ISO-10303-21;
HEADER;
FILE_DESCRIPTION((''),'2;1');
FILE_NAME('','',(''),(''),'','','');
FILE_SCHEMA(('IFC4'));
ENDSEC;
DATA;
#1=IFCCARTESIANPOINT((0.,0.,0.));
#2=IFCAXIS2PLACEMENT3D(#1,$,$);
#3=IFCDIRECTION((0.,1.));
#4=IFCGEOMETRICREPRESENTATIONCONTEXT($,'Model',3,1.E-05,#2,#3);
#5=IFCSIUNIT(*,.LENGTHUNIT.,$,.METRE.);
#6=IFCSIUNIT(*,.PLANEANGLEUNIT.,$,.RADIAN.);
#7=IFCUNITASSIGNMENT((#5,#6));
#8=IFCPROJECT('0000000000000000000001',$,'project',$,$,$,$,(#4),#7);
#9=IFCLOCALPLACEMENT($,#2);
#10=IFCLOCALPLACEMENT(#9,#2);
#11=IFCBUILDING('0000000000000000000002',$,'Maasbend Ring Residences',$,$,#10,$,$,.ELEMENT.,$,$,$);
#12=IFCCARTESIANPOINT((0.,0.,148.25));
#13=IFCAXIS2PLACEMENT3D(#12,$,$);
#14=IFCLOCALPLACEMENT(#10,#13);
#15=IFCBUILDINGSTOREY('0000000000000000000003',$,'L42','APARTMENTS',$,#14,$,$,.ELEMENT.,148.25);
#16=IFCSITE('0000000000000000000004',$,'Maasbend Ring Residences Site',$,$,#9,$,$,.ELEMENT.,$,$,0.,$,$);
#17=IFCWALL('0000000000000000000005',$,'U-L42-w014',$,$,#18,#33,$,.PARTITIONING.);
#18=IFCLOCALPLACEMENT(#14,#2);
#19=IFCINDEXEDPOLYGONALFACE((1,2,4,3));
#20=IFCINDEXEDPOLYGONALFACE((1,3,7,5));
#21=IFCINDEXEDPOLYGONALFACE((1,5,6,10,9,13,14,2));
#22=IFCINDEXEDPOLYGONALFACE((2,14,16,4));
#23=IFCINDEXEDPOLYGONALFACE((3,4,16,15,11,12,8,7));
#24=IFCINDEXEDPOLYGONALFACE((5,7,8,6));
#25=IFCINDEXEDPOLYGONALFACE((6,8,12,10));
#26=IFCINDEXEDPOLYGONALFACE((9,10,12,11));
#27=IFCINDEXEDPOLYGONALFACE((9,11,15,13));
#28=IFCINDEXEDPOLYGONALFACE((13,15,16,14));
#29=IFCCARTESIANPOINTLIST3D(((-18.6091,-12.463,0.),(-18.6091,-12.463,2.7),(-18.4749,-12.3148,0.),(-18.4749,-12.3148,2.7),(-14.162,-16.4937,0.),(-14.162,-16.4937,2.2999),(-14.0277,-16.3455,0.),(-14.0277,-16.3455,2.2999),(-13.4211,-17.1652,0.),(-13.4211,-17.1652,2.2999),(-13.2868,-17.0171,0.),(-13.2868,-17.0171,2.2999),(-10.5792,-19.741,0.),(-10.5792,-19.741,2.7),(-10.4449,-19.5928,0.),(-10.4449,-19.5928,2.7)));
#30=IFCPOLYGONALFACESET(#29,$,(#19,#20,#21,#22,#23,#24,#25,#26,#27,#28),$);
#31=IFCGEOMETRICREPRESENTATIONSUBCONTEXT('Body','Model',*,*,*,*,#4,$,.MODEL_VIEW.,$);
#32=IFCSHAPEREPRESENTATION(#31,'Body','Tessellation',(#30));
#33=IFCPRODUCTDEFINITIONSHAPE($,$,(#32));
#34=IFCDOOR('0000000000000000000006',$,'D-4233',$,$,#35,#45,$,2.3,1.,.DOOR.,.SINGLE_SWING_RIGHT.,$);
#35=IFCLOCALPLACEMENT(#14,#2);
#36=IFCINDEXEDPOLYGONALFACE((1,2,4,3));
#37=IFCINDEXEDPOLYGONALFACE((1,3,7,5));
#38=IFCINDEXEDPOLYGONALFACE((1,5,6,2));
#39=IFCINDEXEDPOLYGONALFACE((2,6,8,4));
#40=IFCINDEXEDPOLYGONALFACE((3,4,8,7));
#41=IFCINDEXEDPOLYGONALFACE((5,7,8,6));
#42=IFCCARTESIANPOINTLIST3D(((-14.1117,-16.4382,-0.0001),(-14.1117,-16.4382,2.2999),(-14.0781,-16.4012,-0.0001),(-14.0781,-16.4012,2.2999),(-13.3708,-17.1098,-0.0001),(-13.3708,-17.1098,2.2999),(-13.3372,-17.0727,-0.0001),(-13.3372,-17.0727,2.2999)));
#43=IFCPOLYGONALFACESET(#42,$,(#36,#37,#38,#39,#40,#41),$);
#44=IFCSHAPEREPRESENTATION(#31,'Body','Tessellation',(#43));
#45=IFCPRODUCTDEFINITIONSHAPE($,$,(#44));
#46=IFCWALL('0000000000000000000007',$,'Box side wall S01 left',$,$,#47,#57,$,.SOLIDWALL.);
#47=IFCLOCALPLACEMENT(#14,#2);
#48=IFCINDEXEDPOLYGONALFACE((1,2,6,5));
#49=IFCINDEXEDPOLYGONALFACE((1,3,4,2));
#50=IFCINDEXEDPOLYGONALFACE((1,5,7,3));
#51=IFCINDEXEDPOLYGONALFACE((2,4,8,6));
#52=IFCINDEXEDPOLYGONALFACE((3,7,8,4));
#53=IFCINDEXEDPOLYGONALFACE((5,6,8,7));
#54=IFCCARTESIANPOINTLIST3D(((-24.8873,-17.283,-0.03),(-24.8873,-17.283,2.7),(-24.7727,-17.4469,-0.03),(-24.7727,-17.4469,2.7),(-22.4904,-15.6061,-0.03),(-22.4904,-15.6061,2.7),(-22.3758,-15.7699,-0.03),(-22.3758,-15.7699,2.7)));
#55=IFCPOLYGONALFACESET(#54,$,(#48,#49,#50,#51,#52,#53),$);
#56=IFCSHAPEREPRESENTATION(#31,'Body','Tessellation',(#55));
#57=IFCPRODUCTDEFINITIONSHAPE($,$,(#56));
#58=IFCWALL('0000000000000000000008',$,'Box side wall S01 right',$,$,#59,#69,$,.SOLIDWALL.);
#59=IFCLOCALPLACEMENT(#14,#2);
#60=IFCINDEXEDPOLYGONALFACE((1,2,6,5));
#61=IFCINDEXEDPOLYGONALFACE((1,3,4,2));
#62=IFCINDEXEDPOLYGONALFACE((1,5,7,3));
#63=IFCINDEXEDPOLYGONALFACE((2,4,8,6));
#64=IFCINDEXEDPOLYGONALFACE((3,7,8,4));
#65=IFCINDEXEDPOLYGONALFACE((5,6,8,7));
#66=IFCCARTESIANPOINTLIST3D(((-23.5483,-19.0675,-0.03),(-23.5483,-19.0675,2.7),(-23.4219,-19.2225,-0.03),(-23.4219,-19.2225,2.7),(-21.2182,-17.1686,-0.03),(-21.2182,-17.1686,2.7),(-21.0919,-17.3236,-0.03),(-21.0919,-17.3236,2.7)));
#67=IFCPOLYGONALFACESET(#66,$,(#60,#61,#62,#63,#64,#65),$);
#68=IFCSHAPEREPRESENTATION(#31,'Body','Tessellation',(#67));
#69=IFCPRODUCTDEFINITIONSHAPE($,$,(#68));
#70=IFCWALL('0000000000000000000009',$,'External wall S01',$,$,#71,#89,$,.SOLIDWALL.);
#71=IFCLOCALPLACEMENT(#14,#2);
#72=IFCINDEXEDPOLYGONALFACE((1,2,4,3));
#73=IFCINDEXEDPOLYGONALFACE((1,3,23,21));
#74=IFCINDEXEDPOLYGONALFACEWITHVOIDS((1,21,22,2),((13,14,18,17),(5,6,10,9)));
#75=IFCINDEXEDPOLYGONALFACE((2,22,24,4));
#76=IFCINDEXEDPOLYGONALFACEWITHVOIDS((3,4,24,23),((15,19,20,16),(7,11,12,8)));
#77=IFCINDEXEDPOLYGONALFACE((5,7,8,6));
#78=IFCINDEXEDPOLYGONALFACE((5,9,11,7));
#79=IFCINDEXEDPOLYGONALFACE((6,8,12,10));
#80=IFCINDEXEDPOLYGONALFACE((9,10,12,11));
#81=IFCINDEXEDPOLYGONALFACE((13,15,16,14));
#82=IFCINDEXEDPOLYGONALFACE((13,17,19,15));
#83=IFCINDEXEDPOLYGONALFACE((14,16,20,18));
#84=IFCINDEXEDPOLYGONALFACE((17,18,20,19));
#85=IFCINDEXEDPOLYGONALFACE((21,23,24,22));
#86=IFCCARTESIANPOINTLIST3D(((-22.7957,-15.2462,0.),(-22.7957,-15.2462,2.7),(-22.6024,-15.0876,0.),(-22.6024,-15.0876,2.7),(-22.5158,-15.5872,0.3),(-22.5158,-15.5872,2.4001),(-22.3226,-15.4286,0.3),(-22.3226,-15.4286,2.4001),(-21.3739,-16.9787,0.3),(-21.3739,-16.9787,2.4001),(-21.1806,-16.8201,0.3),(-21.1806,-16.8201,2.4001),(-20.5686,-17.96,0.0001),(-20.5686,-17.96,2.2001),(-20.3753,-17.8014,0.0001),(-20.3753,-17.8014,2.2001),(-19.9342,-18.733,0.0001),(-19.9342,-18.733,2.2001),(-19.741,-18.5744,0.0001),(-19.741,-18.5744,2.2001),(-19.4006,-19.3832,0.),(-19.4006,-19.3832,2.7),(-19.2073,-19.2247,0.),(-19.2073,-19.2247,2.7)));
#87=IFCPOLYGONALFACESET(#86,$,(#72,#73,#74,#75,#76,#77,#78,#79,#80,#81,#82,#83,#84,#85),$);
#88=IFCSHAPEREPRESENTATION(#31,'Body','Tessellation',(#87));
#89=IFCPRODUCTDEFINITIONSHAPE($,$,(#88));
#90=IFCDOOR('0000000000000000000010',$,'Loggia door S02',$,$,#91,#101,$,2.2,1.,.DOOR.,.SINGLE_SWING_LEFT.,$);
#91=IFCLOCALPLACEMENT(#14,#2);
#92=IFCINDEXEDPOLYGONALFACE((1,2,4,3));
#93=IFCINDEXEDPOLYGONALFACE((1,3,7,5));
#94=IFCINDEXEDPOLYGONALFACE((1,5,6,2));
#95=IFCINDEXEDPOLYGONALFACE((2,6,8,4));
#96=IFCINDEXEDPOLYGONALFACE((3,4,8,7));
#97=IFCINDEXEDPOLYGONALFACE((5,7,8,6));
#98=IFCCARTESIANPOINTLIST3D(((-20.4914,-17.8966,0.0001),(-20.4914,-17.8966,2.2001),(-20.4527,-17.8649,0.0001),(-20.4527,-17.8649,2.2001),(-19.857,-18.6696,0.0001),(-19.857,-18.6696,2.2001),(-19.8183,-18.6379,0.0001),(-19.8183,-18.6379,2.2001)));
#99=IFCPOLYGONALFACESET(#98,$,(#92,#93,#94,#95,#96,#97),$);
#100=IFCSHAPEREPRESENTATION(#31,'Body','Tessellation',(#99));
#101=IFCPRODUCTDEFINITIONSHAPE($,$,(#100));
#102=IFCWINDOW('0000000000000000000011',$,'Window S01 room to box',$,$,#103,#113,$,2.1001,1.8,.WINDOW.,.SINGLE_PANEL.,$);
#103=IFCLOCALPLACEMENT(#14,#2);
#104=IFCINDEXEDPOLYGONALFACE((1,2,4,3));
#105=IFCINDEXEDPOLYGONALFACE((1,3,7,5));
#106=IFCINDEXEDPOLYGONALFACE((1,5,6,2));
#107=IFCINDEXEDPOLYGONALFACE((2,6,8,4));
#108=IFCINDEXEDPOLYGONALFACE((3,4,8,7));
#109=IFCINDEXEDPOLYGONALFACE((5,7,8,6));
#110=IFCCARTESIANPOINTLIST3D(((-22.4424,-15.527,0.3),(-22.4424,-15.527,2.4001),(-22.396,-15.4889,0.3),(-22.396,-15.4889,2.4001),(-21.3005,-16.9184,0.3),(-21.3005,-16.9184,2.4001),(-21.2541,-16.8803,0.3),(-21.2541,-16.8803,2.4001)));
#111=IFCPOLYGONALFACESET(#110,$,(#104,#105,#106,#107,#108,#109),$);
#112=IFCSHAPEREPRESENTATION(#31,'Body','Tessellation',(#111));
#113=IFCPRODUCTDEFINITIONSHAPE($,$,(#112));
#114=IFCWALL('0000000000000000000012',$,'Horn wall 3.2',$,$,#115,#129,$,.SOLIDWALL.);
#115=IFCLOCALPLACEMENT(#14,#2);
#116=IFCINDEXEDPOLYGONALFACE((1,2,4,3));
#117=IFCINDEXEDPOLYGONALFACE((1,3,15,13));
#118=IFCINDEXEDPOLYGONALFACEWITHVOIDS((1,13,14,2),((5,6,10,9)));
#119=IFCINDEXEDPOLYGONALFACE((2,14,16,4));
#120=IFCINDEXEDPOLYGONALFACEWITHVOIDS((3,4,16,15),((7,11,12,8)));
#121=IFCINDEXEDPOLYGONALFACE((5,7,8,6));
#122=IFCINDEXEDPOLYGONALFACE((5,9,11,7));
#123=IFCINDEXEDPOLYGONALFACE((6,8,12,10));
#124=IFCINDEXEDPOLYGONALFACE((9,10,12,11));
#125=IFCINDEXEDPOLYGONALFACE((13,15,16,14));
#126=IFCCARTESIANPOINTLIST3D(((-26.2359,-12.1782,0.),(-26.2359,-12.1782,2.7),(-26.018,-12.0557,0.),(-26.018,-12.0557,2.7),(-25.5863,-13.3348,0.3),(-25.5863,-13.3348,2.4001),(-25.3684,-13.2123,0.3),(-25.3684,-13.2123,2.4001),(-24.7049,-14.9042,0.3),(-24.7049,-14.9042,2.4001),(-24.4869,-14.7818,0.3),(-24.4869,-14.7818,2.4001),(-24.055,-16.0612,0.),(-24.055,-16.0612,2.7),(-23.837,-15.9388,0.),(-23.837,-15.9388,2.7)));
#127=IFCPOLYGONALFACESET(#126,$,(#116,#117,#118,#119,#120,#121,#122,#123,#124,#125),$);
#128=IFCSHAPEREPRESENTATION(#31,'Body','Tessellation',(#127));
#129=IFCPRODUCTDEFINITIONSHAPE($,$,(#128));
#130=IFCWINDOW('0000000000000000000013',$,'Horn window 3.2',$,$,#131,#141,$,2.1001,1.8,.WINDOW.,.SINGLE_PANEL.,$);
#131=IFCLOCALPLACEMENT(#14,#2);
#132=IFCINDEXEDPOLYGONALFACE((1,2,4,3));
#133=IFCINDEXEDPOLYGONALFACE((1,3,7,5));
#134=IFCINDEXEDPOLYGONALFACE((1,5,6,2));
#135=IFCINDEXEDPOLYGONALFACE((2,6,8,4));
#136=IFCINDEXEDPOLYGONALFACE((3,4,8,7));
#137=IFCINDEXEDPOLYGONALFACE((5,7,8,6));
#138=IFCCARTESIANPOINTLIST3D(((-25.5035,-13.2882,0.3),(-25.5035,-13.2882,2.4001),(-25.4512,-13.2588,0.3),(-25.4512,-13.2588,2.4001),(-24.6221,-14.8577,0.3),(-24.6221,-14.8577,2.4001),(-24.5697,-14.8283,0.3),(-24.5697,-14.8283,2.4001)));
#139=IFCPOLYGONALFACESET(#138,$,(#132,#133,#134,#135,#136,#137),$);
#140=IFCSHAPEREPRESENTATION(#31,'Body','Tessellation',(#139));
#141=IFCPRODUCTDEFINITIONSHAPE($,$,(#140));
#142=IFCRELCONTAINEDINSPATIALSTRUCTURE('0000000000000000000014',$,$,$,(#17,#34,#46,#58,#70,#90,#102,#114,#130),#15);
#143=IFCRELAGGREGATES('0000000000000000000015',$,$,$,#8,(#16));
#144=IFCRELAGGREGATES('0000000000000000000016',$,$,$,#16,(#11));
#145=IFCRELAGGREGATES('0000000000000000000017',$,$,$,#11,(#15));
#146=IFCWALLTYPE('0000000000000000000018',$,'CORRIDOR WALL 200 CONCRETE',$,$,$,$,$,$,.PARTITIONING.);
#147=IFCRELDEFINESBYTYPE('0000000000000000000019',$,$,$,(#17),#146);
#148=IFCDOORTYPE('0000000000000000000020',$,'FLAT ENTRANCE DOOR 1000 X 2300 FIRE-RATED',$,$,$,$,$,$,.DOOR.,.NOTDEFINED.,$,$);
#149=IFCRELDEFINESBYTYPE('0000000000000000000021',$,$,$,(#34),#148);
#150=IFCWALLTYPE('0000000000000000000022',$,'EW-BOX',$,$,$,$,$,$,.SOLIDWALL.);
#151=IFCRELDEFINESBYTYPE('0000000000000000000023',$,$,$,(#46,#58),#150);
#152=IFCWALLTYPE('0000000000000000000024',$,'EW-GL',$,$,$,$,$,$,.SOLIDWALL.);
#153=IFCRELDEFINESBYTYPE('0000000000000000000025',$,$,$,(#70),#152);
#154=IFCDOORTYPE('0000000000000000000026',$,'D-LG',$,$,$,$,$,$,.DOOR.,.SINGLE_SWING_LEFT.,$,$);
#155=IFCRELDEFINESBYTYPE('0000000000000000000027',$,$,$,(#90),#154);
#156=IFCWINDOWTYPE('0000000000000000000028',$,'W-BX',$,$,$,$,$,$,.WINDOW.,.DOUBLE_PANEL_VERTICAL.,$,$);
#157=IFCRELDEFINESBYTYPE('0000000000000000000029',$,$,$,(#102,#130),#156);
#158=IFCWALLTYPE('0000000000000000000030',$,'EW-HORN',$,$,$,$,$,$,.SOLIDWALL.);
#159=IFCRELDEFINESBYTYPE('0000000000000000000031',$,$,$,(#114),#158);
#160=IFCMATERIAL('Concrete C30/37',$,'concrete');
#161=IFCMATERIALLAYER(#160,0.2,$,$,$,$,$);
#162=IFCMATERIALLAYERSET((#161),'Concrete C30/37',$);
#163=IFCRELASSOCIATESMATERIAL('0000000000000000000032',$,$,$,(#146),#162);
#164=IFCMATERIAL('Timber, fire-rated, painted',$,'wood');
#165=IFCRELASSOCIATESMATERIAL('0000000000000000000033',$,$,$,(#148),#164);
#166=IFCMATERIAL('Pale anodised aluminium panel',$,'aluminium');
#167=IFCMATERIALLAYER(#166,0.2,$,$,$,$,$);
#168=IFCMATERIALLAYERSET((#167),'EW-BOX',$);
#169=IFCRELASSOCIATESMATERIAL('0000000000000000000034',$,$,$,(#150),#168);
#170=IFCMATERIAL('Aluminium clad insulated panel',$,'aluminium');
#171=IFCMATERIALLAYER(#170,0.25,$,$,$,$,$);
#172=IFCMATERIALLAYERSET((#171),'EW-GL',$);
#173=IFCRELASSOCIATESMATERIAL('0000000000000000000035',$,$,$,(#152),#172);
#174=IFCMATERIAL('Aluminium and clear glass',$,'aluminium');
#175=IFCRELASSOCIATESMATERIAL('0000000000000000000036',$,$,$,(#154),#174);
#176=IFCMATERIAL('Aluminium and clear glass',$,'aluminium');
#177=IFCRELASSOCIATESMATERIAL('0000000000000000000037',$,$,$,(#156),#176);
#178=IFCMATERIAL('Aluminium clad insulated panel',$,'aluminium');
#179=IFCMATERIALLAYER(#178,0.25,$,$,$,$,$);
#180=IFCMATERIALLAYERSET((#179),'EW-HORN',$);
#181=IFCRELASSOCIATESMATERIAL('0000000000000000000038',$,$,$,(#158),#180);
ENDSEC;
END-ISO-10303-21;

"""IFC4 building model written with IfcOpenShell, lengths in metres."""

from ifc_helpers import new_model, si_unit, direction, frame, frame_2d, origin, place, context, subcontext, project, spatial, rectangle, extrude, material, layer, layer_set, type_object, element, fill, save


model = new_model("IFC4")

# Units and contexts
model_context = context("Model", 3, precision=1e-05, world=origin(), true_north=direction((0.0, 1.0)))
body_context = subcontext(model_context, "Body", "Model", "MODEL_VIEW")
ifc_project = project(units=[si_unit("LENGTHUNIT", "METRE"), si_unit("PLANEANGLEUNIT", "RADIAN")], contexts=[model_context])

# Site, building, storey
site_placement = place(None, origin())
site = spatial("IfcSite", under=ifc_project, at=site_placement, Name="Maasbend Ring Residences Site", CompositionType="ELEMENT", RefElevation=0.0)
building_placement = place(site_placement, origin())
building = spatial("IfcBuilding", under=site, at=building_placement, Name="Maasbend Ring Residences", CompositionType="ELEMENT")
storey_placement = place(building_placement, frame((0.0, 0.0, 148.25)))
storey = spatial("IfcBuildingStorey", under=building, at=storey_placement, Name="L42", Description="APARTMENTS", CompositionType="ELEMENT", Elevation=148.25)

# Shared definitions
ifc_material_1 = material(Name="Concrete C30/37", Category="concrete")
ifc_layer_1 = layer(ifc_material_1, 0.2)
ifc_layer_set_1 = layer_set([ifc_layer_1], Name="Concrete C30/37")
wall_type_1 = type_object("IfcWallType", Name="CORRIDOR WALL 200 CONCRETE", PredefinedType="PARTITIONING", material=ifc_layer_set_1)

# Wall, opening, door
wall_1_placement = place(storey_placement, frame((-18.542, -12.3889, 0.0), z_axis=(0.0, 0.0, 1.0), x_axis=(0.740947, -0.671563, 0.0)))
wall_1 = element("IfcWall", 1, at=wall_1_placement, inside=storey, type_object=wall_type_1, Name="U-L42-w014", PredefinedType="PARTITIONING", context=body_context, shape_type="SweptSolid", body=[
    extrude(rectangle(XDim=10.8374, YDim=0.2, at=frame_2d((5.4187, 0.0))), origin(), (0.0, 0.0, 1.0), 2.7),
])
opening_1_placement = place(wall_1_placement, frame((6.002, 0.0, 0.0)))
opening_1 = element("IfcOpeningElement", 2, at=opening_1_placement, cuts=wall_1, PredefinedType="OPENING", context=body_context, shape_type="SweptSolid", body=[
    extrude(rectangle(XDim=1.0, YDim=2.3, at=frame_2d((0.5, 1.1499))), frame((0.0, 0.1099, 0.0), z_axis=(0.0, -1.0, 0.0), x_axis=(1.0, 0.0, 0.0)), (0.0, 0.0, 1.0), 0.22),
])
ifc_material_2 = material(Name="Timber, fire-rated, painted", Category="wood")
door_type_1 = type_object("IfcDoorType", Name="FLAT ENTRANCE DOOR 1000 X 2300 FIRE-RATED", OperationType="NOTDEFINED", PredefinedType="DOOR", material=ifc_material_2)
door_1_placement = place(opening_1_placement, origin())
door_1 = element("IfcDoor", 3, at=door_1_placement, inside=storey, type_object=door_type_1, Name="D-4233", OperationType="SINGLE_SWING_RIGHT", OverallHeight=2.3, OverallWidth=1.0, PredefinedType="DOOR", context=body_context, shape_type="SweptSolid", body=[
    extrude(rectangle(XDim=1.0, YDim=2.3, at=frame_2d((0.5, 1.1499))), frame((0.0, 0.0249, 0.0), z_axis=(0.0, -1.0, 0.0), x_axis=(1.0, 0.0, 0.0)), (0.0, 0.0, 1.0), 0.05),
])
fill(opening_1, door_1)

# Walls
ifc_material_3 = material(Name="Pale anodised aluminium panel", Category="aluminium")
ifc_layer_2 = layer(ifc_material_3, 0.2)
ifc_layer_set_2 = layer_set([ifc_layer_2], Name="EW-BOX")
wall_type_2 = type_object("IfcWallType", Name="EW-BOX", PredefinedType="SOLIDWALL", material=ifc_layer_set_2)
wall_2_placement = place(storey_placement, frame((-22.4331, -15.688, -0.03), z_axis=(0.0, 0.0, 1.0), x_axis=(-0.819373, -0.573261, 0.0)))
element("IfcWall", 4, at=wall_2_placement, inside=storey, type_object=wall_type_2, Name="Box side wall S01 left", PredefinedType="SOLIDWALL", context=body_context, shape_type="SweptSolid", body=[
    extrude(rectangle(XDim=2.9253, YDim=0.2, at=frame_2d((1.4626, 0.0))), origin(), (0.0, 0.0, 1.0), 2.73),
])
wall_3_placement = place(storey_placement, frame((-21.155, -17.2461, -0.03), z_axis=(0.0, 0.0, 1.0), x_axis=(-0.775179, -0.631742, 0.0)))
element("IfcWall", 5, at=wall_3_placement, inside=storey, type_object=wall_type_2, Name="Box side wall S01 right", PredefinedType="SOLIDWALL", context=body_context, shape_type="SweptSolid", body=[
    extrude(rectangle(XDim=3.0059, YDim=0.2, at=frame_2d((1.5029, 0.0))), origin(), (0.0, 0.0, 1.0), 2.73),
])

# Wall, openings, door, window
ifc_material_4 = material(Name="Aluminium clad insulated panel", Category="aluminium")
ifc_layer_3 = layer(ifc_material_4, 0.25)
ifc_layer_set_3 = layer_set([ifc_layer_3], Name="EW-GL")
wall_type_3 = type_object("IfcWallType", Name="EW-GL", PredefinedType="SOLIDWALL", material=ifc_layer_set_3)
wall_4_placement = place(storey_placement, frame((-22.699, -15.167, 0.0), z_axis=(0.0, 0.0, 1.0), x_axis=(0.634382, -0.773019, 0.0)))
wall_4 = element("IfcWall", 6, at=wall_4_placement, inside=storey, type_object=wall_type_3, Name="External wall S01", PredefinedType="SOLIDWALL", context=body_context, shape_type="SweptSolid", body=[
    extrude(rectangle(XDim=5.3518, YDim=0.25, at=frame_2d((2.6758, 0.0))), origin(), (0.0, 0.0, 1.0), 2.7),
])
opening_2_placement = place(wall_4_placement, frame((0.4412, 0.0, 0.3)))
opening_2 = element("IfcOpeningElement", 7, at=opening_2_placement, cuts=wall_4, PredefinedType="OPENING", context=body_context, shape_type="SweptSolid", body=[
    extrude(rectangle(XDim=1.8, YDim=2.1001, at=frame_2d((0.8999, 1.05))), frame((0.0, 0.135, 0.0), z_axis=(0.0, -1.0, 0.0), x_axis=(1.0, 0.0, 0.0)), (0.0, 0.0, 1.0), 0.27),
])
opening_3_placement = place(wall_4_placement, frame((3.5105, 0.0, 0.0)))
opening_3 = element("IfcOpeningElement", 8, at=opening_3_placement, cuts=wall_4, PredefinedType="OPENING", context=body_context, shape_type="SweptSolid", body=[
    extrude(rectangle(XDim=1.0, YDim=2.2, at=frame_2d((0.5, 1.1001))), frame((0.0, 0.135, 0.0), z_axis=(0.0, -1.0, 0.0), x_axis=(1.0, 0.0, 0.0)), (0.0, 0.0, 1.0), 0.27),
])
ifc_material_5 = material(Name="Aluminium and clear glass", Category="aluminium")
door_type_2 = type_object("IfcDoorType", Name="D-LG", OperationType="SINGLE_SWING_LEFT", PredefinedType="DOOR", material=ifc_material_5)
door_2_placement = place(opening_3_placement, origin())
door_2 = element("IfcDoor", 9, at=door_2_placement, inside=storey, type_object=door_type_2, Name="Loggia door S02", OperationType="SINGLE_SWING_LEFT", OverallHeight=2.2, OverallWidth=1.0, PredefinedType="DOOR", context=body_context, shape_type="SweptSolid", body=[
    extrude(rectangle(XDim=1.0, YDim=2.2, at=frame_2d((0.5, 1.1001))), frame((0.0, 0.0249, 0.0), z_axis=(0.0, -1.0, 0.0), x_axis=(1.0, 0.0, 0.0)), (0.0, 0.0, 1.0), 0.05),
])
fill(opening_3, door_2)
ifc_material_6 = material(Name="Aluminium and clear glass", Category="aluminium")
window_type = type_object("IfcWindowType", Name="W-BX", PartitioningType="DOUBLE_PANEL_VERTICAL", PredefinedType="WINDOW", material=ifc_material_6)
window_1_placement = place(opening_2_placement, origin())
window_1 = element("IfcWindow", 10, at=window_1_placement, inside=storey, type_object=window_type, Name="Window S01 room to box", OverallHeight=2.1001, OverallWidth=1.8, PartitioningType="SINGLE_PANEL", PredefinedType="WINDOW", context=body_context, shape_type="SweptSolid", body=[
    extrude(rectangle(XDim=1.8, YDim=2.1001, at=frame_2d((0.8999, 1.05))), frame((0.0, 0.03, 0.0), z_axis=(0.0, -1.0, 0.0), x_axis=(1.0, 0.0, 0.0)), (0.0, 0.0, 1.0), 0.0601),
])
fill(opening_2, window_1)

# Wall, opening, window
ifc_material_7 = material(Name="Aluminium clad insulated panel", Category="aluminium")
ifc_layer_4 = layer(ifc_material_7, 0.25)
ifc_layer_set_4 = layer_set([ifc_layer_4], Name="EW-HORN")
wall_type_4 = type_object("IfcWallType", Name="EW-HORN", PredefinedType="SOLIDWALL", material=ifc_layer_set_4)
wall_5_placement = place(storey_placement, frame((-26.127, -12.1169, 0.0), z_axis=(0.0, 0.0, 1.0), x_axis=(0.489696, -0.871893, 0.0)))
wall_5 = element("IfcWall", 11, at=wall_5_placement, inside=storey, type_object=wall_type_4, Name="Horn wall 3.2", PredefinedType="SOLIDWALL", context=body_context, shape_type="SweptSolid", body=[
    extrude(rectangle(XDim=4.4536, YDim=0.25, at=frame_2d((2.2268, 0.0))), origin(), (0.0, 0.0, 1.0), 2.7),
])
opening_4_placement = place(wall_5_placement, frame((1.3267, 0.0, 0.3)))
opening_4 = element("IfcOpeningElement", 12, at=opening_4_placement, cuts=wall_5, PredefinedType="OPENING", context=body_context, shape_type="SweptSolid", body=[
    extrude(rectangle(XDim=1.8, YDim=2.1001, at=frame_2d((0.8999, 1.05))), frame((0.0, 0.135, 0.0), z_axis=(0.0, -1.0, 0.0), x_axis=(1.0, 0.0, 0.0)), (0.0, 0.0, 1.0), 0.27),
])
window_2_placement = place(opening_4_placement, origin())
window_2 = element("IfcWindow", 13, at=window_2_placement, inside=storey, type_object=window_type, Name="Horn window 3.2", OverallHeight=2.1001, OverallWidth=1.8, PartitioningType="SINGLE_PANEL", PredefinedType="WINDOW", context=body_context, shape_type="SweptSolid", body=[
    extrude(rectangle(XDim=1.8, YDim=2.1001, at=frame_2d((0.8999, 1.05))), frame((0.0, 0.03, 0.0), z_axis=(0.0, -1.0, 0.0), x_axis=(1.0, 0.0, 0.0)), (0.0, 0.0, 1.0), 0.0601),
])
fill(opening_4, window_2)

save(model, "model.ifc")
